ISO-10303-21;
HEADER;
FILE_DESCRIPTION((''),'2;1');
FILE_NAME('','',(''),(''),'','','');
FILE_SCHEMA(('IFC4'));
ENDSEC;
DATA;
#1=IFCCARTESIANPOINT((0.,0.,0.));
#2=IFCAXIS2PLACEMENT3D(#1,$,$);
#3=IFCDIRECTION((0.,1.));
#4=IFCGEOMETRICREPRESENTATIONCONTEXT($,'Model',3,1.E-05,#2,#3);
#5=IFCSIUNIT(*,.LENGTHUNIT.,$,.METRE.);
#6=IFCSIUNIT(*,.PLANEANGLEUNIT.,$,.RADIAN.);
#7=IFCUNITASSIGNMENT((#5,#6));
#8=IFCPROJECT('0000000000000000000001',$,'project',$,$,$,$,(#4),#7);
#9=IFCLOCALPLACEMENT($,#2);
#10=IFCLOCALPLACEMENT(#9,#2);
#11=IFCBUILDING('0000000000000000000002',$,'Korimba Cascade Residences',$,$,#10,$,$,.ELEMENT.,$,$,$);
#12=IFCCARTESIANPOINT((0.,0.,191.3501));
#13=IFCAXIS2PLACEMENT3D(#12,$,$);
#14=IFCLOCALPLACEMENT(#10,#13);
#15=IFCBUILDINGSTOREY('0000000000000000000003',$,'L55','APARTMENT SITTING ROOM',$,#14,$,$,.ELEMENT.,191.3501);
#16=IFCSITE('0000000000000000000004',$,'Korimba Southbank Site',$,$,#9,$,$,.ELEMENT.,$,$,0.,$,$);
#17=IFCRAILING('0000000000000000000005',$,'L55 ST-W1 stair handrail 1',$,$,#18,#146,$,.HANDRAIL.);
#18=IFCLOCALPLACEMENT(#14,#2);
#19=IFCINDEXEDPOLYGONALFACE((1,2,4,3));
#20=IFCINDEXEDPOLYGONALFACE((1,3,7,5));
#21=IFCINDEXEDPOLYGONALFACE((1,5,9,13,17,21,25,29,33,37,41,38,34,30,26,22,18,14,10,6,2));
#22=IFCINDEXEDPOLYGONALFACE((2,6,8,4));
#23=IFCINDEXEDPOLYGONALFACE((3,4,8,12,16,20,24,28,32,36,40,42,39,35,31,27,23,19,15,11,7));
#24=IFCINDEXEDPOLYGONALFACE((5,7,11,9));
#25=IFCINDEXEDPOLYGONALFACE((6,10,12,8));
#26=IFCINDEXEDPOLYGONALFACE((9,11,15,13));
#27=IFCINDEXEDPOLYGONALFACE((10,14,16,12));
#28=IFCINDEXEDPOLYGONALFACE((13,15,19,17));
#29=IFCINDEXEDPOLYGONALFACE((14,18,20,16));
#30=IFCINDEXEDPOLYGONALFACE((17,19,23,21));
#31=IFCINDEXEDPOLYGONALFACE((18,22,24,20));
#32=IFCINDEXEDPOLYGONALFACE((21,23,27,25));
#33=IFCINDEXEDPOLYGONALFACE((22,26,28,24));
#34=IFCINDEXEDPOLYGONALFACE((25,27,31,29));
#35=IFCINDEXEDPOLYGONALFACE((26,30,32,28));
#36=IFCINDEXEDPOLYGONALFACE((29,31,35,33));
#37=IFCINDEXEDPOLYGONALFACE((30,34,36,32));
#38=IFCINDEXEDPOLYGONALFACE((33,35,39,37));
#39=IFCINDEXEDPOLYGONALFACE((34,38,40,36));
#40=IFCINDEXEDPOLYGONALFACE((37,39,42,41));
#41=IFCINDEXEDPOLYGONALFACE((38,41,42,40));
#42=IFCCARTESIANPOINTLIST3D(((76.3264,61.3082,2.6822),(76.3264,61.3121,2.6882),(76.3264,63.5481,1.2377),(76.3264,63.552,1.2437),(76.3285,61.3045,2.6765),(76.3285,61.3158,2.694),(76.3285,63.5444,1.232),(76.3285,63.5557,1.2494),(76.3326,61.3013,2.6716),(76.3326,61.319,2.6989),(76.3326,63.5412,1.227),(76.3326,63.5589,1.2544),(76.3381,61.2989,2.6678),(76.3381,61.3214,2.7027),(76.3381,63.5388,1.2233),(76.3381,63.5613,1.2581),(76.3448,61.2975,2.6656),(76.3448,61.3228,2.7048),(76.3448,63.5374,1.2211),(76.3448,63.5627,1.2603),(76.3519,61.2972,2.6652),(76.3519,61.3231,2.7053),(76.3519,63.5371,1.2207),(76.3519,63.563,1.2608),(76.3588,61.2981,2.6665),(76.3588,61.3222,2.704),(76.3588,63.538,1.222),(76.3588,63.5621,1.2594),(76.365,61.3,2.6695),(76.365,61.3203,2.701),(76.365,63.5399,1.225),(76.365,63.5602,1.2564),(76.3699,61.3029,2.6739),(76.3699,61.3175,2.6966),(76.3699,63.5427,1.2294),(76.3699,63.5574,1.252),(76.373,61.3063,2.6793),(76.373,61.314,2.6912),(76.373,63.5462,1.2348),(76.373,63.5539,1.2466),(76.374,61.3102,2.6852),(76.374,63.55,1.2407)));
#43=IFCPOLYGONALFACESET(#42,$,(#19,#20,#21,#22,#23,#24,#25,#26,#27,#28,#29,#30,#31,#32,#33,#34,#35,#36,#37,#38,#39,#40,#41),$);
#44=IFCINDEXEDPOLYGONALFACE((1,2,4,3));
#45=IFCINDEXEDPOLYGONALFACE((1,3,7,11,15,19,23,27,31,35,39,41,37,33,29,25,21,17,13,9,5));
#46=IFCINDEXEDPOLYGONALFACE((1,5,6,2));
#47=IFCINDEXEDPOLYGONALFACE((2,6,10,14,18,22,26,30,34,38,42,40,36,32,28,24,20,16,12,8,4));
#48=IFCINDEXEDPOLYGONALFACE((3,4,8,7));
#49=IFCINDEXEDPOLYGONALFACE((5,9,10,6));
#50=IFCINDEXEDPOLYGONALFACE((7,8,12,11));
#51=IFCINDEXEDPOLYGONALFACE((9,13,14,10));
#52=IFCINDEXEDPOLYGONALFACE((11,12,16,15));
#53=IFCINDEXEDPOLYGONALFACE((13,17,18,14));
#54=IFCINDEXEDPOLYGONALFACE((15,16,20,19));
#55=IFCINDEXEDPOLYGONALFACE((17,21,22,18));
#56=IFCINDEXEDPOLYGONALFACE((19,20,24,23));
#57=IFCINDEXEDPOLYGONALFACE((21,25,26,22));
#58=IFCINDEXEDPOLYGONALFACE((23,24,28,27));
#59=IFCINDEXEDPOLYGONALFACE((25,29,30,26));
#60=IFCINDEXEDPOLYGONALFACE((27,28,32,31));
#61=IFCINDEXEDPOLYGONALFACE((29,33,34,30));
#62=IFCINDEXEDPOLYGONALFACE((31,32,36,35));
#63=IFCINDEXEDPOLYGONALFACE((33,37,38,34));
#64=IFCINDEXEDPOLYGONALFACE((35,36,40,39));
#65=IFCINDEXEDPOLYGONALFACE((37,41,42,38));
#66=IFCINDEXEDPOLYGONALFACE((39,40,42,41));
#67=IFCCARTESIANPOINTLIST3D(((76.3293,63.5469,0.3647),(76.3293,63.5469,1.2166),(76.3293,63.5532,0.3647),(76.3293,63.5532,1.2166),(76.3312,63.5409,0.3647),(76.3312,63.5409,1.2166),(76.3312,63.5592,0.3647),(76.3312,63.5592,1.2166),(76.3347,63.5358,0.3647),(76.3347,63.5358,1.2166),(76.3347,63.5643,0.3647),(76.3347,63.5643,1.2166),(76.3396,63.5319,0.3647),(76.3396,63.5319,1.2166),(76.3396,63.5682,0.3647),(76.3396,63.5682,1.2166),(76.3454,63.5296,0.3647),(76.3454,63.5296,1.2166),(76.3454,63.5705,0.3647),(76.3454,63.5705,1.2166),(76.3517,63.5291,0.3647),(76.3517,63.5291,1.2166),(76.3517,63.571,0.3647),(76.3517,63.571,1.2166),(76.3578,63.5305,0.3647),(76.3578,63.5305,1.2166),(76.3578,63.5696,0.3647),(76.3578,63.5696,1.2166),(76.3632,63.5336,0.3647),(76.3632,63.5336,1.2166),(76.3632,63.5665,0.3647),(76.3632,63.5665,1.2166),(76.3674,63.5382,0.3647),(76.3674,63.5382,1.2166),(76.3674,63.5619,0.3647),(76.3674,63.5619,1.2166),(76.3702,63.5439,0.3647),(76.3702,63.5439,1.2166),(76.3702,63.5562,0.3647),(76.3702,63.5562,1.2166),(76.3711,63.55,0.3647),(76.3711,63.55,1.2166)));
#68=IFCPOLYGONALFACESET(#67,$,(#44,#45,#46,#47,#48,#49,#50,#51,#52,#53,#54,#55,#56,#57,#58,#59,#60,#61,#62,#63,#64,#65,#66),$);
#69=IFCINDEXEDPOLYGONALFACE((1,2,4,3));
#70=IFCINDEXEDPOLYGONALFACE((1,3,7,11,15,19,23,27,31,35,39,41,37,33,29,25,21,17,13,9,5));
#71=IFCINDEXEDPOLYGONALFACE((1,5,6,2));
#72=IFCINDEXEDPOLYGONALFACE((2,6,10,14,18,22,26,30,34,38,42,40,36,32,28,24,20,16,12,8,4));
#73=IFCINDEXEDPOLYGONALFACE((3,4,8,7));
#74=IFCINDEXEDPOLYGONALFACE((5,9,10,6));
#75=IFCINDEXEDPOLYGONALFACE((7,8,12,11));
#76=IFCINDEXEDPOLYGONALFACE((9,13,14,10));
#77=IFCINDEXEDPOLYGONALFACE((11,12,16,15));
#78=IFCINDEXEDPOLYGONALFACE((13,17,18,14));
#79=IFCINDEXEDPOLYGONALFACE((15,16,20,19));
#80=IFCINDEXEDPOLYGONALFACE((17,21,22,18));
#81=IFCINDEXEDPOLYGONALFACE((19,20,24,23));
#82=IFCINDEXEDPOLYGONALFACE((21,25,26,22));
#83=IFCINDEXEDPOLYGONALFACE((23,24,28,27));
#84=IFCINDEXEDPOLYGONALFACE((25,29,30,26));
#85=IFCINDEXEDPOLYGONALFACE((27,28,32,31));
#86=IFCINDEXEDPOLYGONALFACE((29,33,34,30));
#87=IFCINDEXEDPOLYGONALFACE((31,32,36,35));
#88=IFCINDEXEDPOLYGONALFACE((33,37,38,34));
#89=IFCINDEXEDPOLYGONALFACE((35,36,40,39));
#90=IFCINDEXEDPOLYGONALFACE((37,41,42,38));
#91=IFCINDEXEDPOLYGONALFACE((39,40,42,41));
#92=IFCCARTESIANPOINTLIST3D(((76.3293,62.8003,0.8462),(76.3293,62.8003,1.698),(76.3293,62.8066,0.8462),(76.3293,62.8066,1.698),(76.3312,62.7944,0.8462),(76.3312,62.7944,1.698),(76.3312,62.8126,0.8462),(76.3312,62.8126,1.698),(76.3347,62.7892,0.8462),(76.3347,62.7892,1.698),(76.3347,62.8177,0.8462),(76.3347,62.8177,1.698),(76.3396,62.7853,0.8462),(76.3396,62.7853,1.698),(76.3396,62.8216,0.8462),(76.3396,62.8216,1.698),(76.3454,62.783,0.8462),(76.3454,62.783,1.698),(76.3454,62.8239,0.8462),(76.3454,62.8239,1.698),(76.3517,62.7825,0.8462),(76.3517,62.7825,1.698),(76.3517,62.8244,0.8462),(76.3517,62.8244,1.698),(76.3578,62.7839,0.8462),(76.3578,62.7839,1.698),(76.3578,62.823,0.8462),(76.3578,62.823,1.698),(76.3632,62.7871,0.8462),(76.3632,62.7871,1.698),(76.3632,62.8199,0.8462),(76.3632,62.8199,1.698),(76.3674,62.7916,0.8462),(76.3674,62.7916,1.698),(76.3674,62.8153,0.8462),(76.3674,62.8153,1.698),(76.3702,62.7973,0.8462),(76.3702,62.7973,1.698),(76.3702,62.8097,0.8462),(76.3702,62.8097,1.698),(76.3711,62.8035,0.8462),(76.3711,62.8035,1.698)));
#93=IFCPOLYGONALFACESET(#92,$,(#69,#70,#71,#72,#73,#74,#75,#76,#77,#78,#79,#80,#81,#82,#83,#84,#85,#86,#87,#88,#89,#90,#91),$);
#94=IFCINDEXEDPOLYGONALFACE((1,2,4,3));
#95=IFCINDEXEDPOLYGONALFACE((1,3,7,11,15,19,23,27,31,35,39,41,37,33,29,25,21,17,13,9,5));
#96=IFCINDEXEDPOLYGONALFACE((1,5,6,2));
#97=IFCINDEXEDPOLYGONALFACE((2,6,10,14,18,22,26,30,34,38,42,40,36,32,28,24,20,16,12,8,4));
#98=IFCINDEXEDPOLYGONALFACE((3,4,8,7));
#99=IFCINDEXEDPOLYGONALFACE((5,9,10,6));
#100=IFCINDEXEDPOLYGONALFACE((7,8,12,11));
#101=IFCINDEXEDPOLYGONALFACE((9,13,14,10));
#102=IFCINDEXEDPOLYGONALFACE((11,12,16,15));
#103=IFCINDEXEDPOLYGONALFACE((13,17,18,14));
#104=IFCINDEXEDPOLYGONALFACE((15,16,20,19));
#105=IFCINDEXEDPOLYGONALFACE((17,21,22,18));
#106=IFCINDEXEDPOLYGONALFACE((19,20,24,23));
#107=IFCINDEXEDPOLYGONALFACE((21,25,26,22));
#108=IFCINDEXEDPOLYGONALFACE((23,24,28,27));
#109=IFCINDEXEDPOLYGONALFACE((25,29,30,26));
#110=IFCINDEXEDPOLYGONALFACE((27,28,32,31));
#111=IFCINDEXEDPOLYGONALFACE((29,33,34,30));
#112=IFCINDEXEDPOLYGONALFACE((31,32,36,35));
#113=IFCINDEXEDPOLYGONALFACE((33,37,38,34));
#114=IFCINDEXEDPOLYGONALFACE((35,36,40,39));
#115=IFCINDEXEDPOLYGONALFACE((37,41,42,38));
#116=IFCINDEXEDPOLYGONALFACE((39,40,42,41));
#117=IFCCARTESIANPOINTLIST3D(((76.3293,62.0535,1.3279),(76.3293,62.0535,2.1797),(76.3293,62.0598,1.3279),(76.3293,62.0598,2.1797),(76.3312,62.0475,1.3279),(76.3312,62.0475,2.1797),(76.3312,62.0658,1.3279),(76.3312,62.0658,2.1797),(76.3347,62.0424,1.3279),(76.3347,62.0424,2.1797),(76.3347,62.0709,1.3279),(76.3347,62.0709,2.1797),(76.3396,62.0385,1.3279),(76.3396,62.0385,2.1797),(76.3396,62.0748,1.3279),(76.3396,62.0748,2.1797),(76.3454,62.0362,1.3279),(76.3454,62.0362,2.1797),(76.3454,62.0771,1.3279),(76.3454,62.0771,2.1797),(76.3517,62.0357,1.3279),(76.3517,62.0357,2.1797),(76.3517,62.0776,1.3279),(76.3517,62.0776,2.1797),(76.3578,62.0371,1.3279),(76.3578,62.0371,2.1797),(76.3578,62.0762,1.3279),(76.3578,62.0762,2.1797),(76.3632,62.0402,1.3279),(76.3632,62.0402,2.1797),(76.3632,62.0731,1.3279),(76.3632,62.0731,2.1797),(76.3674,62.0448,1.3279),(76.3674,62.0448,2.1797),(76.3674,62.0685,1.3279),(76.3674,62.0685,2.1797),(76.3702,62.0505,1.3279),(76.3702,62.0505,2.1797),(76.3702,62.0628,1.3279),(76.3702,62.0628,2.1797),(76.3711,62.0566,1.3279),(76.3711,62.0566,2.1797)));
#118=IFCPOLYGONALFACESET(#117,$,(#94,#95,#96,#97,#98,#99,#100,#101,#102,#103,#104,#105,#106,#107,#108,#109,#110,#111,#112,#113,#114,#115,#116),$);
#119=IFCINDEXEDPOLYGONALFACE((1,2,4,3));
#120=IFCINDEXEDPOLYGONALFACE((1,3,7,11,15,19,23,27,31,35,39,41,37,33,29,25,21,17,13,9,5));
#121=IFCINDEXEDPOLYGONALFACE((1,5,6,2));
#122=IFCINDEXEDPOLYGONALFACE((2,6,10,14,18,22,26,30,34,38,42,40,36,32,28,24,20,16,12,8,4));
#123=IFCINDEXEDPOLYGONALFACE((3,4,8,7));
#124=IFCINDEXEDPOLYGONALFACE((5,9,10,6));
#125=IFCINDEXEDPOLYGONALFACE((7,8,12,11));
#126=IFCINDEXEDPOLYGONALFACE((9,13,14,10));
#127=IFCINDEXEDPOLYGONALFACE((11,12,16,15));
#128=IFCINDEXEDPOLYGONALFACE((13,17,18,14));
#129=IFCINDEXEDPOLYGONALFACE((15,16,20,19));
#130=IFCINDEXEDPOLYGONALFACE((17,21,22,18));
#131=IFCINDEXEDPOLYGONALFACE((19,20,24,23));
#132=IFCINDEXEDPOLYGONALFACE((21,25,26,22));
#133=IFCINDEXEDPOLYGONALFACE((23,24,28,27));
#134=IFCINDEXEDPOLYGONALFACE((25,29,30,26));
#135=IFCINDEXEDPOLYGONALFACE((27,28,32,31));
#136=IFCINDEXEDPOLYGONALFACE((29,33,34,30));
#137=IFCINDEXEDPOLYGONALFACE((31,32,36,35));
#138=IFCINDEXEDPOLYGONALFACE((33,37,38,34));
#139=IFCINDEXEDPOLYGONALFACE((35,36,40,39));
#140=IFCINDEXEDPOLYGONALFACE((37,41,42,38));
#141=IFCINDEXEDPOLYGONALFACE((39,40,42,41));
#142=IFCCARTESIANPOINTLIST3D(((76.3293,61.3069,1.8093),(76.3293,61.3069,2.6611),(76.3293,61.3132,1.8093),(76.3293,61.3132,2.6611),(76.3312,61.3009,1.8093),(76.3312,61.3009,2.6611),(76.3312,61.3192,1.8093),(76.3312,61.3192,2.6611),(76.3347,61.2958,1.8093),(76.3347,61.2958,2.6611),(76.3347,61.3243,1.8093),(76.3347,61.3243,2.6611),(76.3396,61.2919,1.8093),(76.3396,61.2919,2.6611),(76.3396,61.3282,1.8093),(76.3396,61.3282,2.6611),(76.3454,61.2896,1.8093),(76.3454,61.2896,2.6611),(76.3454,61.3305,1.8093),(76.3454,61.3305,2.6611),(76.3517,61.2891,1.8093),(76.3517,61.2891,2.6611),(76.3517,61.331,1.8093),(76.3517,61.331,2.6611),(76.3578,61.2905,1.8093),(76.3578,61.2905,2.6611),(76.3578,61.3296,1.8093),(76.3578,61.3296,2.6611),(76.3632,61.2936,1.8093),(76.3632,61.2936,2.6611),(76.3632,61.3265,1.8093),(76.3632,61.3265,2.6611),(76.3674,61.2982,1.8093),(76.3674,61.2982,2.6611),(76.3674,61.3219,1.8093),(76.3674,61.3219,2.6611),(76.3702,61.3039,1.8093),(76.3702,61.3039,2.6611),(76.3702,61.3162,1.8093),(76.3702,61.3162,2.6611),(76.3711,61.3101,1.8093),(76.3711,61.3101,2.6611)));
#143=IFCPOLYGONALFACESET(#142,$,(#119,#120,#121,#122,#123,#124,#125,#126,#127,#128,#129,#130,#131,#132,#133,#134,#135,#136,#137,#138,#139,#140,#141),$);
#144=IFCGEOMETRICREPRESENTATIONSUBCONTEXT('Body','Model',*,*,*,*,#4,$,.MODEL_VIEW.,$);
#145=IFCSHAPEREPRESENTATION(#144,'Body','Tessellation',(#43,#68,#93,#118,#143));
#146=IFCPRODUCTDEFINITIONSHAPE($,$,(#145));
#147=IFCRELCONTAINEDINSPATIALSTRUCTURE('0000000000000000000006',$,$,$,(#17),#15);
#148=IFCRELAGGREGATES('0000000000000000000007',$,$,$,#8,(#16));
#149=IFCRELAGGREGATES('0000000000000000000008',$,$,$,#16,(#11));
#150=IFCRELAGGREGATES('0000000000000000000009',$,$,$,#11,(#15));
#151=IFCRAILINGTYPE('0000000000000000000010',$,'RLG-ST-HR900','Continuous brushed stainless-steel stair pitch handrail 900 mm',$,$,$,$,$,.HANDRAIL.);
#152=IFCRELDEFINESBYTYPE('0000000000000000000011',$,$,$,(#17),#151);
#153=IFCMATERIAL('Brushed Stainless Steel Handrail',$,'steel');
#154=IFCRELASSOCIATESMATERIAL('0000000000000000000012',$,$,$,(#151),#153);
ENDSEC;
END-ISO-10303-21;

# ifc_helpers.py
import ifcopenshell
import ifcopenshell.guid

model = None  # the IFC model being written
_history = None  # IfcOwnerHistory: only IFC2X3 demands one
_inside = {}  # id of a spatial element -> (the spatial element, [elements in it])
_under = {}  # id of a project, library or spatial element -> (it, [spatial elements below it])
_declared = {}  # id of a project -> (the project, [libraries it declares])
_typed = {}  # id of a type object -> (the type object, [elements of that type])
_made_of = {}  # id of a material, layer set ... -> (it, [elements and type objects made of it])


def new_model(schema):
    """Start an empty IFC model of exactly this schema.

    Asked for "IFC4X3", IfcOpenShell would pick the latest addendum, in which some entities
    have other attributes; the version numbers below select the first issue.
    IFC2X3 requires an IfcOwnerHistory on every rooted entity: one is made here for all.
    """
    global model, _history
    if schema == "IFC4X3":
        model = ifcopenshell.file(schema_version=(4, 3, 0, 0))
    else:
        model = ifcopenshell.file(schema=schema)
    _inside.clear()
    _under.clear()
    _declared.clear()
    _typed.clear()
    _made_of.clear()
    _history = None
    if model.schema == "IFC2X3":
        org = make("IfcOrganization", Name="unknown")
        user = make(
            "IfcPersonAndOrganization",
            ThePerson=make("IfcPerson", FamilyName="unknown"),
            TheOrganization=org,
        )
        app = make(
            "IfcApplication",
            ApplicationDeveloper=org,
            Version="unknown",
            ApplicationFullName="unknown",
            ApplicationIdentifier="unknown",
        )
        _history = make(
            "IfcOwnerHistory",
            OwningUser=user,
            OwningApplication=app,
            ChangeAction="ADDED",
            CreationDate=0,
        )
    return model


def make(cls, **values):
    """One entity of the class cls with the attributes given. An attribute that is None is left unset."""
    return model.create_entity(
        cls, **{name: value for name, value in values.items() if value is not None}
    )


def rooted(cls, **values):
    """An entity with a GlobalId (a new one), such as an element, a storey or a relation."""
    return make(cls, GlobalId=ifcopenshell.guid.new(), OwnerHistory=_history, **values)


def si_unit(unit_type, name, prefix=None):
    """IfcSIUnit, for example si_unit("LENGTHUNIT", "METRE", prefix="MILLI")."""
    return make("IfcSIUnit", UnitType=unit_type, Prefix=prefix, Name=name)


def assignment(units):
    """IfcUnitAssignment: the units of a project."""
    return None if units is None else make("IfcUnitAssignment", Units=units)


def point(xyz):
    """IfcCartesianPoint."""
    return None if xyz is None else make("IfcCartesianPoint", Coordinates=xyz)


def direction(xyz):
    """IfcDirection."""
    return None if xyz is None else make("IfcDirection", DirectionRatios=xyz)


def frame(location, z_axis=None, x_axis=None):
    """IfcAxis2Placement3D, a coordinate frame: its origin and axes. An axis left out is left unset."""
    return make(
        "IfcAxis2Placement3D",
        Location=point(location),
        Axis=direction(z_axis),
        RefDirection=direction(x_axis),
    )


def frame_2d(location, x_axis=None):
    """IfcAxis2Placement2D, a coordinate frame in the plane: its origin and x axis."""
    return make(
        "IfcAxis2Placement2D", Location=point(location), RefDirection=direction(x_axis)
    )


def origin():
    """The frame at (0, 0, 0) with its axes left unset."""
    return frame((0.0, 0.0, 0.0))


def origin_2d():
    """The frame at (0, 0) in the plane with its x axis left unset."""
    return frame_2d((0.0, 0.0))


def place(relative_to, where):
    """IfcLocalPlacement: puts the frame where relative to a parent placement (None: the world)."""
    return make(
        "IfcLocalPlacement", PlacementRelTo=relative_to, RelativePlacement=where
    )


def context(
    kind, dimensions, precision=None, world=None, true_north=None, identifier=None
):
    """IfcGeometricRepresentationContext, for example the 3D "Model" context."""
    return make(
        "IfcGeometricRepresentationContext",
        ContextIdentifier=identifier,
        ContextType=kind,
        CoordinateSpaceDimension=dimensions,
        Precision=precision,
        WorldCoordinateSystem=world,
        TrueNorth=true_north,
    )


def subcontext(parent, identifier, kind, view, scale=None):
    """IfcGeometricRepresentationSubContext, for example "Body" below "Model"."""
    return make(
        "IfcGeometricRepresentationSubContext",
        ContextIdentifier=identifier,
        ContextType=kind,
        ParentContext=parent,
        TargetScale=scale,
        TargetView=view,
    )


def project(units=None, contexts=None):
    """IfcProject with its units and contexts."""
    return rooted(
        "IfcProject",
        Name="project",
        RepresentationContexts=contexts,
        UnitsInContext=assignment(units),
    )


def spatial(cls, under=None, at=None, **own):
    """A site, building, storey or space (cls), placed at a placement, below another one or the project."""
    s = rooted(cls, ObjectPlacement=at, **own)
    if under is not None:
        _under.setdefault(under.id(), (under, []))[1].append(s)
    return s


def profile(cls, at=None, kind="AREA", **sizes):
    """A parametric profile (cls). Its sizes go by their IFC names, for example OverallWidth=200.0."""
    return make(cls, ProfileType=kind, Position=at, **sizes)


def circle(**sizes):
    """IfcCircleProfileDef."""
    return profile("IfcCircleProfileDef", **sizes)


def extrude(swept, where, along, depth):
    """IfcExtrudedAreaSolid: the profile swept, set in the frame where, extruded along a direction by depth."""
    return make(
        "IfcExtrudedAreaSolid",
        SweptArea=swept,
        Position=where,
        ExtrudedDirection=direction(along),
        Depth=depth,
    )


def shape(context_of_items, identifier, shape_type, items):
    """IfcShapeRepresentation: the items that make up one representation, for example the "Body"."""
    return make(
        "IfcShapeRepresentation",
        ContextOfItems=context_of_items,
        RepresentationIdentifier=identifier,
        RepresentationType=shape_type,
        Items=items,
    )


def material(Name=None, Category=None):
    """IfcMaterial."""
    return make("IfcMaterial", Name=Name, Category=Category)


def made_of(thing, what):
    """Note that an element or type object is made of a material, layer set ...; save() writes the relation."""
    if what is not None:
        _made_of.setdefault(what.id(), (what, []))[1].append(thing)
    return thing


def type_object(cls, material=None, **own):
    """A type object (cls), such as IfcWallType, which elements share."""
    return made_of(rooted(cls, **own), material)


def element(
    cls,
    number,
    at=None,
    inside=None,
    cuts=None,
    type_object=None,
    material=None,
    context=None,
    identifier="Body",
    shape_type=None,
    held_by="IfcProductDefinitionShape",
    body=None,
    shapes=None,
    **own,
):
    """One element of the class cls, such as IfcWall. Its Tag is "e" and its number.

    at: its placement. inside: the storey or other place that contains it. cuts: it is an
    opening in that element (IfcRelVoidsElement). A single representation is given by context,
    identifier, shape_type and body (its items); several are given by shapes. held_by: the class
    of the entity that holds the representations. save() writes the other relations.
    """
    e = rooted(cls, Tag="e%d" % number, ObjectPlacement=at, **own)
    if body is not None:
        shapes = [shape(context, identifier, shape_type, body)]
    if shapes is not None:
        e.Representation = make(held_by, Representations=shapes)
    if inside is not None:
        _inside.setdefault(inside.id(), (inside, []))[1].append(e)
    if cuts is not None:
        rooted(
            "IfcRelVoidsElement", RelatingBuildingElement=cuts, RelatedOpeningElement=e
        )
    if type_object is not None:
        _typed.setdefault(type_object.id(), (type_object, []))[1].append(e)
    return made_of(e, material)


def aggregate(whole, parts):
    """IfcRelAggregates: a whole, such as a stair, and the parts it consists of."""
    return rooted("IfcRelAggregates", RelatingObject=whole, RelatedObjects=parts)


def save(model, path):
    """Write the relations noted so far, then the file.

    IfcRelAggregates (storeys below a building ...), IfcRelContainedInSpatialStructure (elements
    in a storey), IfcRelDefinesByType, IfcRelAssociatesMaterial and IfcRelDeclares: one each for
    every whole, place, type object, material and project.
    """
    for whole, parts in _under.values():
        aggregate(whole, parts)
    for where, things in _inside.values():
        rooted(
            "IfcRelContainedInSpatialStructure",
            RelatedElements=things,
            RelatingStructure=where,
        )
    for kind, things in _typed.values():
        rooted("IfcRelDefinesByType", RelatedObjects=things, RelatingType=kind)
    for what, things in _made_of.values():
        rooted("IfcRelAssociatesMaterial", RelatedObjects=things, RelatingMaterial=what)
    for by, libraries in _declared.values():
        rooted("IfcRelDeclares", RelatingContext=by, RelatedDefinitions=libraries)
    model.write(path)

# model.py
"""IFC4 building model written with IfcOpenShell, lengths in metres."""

from ifc_helpers import new_model, si_unit, direction, frame, origin, origin_2d, place, context, subcontext, project, spatial, circle, extrude, material, type_object, element, save


model = new_model("IFC4")

# Units and contexts
model_context = context("Model", 3, precision=1e-05, world=origin(), true_north=direction((0.0, 1.0)))
body_context = subcontext(model_context, "Body", "Model", "MODEL_VIEW")
ifc_project = project(units=[si_unit("LENGTHUNIT", "METRE"), si_unit("PLANEANGLEUNIT", "RADIAN")], contexts=[model_context])

# Site, building, storey
site_placement = place(None, origin())
site = spatial("IfcSite", under=ifc_project, at=site_placement, Name="Korimba Southbank Site", CompositionType="ELEMENT", RefElevation=0.0)
building_placement = place(site_placement, origin())
building = spatial("IfcBuilding", under=site, at=building_placement, Name="Korimba Cascade Residences", CompositionType="ELEMENT")
storey_placement = place(building_placement, frame((0.0, 0.0, 191.3501)))
storey = spatial("IfcBuildingStorey", under=building, at=storey_placement, Name="L55", Description="APARTMENT SITTING ROOM", CompositionType="ELEMENT", Elevation=191.3501)

# Railing
ifc_material_1 = material(Name="Brushed Stainless Steel Handrail", Category="steel")
railing_type_1 = type_object("IfcRailingType", Name="RLG-ST-HR900", Description="Continuous brushed stainless-steel stair pitch handrail 900 mm", PredefinedType="HANDRAIL", material=ifc_material_1)
railing_1_placement = place(storey_placement, frame((76.3501, 63.55, 0.3647)))
element("IfcRailing", 1, at=railing_1_placement, inside=storey, type_object=railing_type_1, Name="L55 ST-W1 stair handrail 1", PredefinedType="HANDRAIL", context=body_context, shape_type="SweptSolid", body=[
    extrude(circle(Radius=0.0239, at=origin_2d()), frame((0.0, 0.0, 0.876), z_axis=(0.0, -0.840395, 0.541975), x_axis=(1.0, 0.0, 0.0)), (0.0, 0.0, 1.0), 2.6653),
    extrude(circle(Radius=0.021, at=origin_2d()), origin(), (0.0, 0.0, 1.0), 0.8518),
    extrude(circle(Radius=0.021, at=origin_2d()), frame((0.0, -0.7466, 0.4814)), (0.0, 0.0, 1.0), 0.8518),
    extrude(circle(Radius=0.021, at=origin_2d()), frame((0.0, -1.4934, 0.9631)), (0.0, 0.0, 1.0), 0.8518),
    extrude(circle(Radius=0.021, at=origin_2d()), frame((0.0, -2.24, 1.4446)), (0.0, 0.0, 1.0), 0.8518),
])

save(model, "model.ifc")
